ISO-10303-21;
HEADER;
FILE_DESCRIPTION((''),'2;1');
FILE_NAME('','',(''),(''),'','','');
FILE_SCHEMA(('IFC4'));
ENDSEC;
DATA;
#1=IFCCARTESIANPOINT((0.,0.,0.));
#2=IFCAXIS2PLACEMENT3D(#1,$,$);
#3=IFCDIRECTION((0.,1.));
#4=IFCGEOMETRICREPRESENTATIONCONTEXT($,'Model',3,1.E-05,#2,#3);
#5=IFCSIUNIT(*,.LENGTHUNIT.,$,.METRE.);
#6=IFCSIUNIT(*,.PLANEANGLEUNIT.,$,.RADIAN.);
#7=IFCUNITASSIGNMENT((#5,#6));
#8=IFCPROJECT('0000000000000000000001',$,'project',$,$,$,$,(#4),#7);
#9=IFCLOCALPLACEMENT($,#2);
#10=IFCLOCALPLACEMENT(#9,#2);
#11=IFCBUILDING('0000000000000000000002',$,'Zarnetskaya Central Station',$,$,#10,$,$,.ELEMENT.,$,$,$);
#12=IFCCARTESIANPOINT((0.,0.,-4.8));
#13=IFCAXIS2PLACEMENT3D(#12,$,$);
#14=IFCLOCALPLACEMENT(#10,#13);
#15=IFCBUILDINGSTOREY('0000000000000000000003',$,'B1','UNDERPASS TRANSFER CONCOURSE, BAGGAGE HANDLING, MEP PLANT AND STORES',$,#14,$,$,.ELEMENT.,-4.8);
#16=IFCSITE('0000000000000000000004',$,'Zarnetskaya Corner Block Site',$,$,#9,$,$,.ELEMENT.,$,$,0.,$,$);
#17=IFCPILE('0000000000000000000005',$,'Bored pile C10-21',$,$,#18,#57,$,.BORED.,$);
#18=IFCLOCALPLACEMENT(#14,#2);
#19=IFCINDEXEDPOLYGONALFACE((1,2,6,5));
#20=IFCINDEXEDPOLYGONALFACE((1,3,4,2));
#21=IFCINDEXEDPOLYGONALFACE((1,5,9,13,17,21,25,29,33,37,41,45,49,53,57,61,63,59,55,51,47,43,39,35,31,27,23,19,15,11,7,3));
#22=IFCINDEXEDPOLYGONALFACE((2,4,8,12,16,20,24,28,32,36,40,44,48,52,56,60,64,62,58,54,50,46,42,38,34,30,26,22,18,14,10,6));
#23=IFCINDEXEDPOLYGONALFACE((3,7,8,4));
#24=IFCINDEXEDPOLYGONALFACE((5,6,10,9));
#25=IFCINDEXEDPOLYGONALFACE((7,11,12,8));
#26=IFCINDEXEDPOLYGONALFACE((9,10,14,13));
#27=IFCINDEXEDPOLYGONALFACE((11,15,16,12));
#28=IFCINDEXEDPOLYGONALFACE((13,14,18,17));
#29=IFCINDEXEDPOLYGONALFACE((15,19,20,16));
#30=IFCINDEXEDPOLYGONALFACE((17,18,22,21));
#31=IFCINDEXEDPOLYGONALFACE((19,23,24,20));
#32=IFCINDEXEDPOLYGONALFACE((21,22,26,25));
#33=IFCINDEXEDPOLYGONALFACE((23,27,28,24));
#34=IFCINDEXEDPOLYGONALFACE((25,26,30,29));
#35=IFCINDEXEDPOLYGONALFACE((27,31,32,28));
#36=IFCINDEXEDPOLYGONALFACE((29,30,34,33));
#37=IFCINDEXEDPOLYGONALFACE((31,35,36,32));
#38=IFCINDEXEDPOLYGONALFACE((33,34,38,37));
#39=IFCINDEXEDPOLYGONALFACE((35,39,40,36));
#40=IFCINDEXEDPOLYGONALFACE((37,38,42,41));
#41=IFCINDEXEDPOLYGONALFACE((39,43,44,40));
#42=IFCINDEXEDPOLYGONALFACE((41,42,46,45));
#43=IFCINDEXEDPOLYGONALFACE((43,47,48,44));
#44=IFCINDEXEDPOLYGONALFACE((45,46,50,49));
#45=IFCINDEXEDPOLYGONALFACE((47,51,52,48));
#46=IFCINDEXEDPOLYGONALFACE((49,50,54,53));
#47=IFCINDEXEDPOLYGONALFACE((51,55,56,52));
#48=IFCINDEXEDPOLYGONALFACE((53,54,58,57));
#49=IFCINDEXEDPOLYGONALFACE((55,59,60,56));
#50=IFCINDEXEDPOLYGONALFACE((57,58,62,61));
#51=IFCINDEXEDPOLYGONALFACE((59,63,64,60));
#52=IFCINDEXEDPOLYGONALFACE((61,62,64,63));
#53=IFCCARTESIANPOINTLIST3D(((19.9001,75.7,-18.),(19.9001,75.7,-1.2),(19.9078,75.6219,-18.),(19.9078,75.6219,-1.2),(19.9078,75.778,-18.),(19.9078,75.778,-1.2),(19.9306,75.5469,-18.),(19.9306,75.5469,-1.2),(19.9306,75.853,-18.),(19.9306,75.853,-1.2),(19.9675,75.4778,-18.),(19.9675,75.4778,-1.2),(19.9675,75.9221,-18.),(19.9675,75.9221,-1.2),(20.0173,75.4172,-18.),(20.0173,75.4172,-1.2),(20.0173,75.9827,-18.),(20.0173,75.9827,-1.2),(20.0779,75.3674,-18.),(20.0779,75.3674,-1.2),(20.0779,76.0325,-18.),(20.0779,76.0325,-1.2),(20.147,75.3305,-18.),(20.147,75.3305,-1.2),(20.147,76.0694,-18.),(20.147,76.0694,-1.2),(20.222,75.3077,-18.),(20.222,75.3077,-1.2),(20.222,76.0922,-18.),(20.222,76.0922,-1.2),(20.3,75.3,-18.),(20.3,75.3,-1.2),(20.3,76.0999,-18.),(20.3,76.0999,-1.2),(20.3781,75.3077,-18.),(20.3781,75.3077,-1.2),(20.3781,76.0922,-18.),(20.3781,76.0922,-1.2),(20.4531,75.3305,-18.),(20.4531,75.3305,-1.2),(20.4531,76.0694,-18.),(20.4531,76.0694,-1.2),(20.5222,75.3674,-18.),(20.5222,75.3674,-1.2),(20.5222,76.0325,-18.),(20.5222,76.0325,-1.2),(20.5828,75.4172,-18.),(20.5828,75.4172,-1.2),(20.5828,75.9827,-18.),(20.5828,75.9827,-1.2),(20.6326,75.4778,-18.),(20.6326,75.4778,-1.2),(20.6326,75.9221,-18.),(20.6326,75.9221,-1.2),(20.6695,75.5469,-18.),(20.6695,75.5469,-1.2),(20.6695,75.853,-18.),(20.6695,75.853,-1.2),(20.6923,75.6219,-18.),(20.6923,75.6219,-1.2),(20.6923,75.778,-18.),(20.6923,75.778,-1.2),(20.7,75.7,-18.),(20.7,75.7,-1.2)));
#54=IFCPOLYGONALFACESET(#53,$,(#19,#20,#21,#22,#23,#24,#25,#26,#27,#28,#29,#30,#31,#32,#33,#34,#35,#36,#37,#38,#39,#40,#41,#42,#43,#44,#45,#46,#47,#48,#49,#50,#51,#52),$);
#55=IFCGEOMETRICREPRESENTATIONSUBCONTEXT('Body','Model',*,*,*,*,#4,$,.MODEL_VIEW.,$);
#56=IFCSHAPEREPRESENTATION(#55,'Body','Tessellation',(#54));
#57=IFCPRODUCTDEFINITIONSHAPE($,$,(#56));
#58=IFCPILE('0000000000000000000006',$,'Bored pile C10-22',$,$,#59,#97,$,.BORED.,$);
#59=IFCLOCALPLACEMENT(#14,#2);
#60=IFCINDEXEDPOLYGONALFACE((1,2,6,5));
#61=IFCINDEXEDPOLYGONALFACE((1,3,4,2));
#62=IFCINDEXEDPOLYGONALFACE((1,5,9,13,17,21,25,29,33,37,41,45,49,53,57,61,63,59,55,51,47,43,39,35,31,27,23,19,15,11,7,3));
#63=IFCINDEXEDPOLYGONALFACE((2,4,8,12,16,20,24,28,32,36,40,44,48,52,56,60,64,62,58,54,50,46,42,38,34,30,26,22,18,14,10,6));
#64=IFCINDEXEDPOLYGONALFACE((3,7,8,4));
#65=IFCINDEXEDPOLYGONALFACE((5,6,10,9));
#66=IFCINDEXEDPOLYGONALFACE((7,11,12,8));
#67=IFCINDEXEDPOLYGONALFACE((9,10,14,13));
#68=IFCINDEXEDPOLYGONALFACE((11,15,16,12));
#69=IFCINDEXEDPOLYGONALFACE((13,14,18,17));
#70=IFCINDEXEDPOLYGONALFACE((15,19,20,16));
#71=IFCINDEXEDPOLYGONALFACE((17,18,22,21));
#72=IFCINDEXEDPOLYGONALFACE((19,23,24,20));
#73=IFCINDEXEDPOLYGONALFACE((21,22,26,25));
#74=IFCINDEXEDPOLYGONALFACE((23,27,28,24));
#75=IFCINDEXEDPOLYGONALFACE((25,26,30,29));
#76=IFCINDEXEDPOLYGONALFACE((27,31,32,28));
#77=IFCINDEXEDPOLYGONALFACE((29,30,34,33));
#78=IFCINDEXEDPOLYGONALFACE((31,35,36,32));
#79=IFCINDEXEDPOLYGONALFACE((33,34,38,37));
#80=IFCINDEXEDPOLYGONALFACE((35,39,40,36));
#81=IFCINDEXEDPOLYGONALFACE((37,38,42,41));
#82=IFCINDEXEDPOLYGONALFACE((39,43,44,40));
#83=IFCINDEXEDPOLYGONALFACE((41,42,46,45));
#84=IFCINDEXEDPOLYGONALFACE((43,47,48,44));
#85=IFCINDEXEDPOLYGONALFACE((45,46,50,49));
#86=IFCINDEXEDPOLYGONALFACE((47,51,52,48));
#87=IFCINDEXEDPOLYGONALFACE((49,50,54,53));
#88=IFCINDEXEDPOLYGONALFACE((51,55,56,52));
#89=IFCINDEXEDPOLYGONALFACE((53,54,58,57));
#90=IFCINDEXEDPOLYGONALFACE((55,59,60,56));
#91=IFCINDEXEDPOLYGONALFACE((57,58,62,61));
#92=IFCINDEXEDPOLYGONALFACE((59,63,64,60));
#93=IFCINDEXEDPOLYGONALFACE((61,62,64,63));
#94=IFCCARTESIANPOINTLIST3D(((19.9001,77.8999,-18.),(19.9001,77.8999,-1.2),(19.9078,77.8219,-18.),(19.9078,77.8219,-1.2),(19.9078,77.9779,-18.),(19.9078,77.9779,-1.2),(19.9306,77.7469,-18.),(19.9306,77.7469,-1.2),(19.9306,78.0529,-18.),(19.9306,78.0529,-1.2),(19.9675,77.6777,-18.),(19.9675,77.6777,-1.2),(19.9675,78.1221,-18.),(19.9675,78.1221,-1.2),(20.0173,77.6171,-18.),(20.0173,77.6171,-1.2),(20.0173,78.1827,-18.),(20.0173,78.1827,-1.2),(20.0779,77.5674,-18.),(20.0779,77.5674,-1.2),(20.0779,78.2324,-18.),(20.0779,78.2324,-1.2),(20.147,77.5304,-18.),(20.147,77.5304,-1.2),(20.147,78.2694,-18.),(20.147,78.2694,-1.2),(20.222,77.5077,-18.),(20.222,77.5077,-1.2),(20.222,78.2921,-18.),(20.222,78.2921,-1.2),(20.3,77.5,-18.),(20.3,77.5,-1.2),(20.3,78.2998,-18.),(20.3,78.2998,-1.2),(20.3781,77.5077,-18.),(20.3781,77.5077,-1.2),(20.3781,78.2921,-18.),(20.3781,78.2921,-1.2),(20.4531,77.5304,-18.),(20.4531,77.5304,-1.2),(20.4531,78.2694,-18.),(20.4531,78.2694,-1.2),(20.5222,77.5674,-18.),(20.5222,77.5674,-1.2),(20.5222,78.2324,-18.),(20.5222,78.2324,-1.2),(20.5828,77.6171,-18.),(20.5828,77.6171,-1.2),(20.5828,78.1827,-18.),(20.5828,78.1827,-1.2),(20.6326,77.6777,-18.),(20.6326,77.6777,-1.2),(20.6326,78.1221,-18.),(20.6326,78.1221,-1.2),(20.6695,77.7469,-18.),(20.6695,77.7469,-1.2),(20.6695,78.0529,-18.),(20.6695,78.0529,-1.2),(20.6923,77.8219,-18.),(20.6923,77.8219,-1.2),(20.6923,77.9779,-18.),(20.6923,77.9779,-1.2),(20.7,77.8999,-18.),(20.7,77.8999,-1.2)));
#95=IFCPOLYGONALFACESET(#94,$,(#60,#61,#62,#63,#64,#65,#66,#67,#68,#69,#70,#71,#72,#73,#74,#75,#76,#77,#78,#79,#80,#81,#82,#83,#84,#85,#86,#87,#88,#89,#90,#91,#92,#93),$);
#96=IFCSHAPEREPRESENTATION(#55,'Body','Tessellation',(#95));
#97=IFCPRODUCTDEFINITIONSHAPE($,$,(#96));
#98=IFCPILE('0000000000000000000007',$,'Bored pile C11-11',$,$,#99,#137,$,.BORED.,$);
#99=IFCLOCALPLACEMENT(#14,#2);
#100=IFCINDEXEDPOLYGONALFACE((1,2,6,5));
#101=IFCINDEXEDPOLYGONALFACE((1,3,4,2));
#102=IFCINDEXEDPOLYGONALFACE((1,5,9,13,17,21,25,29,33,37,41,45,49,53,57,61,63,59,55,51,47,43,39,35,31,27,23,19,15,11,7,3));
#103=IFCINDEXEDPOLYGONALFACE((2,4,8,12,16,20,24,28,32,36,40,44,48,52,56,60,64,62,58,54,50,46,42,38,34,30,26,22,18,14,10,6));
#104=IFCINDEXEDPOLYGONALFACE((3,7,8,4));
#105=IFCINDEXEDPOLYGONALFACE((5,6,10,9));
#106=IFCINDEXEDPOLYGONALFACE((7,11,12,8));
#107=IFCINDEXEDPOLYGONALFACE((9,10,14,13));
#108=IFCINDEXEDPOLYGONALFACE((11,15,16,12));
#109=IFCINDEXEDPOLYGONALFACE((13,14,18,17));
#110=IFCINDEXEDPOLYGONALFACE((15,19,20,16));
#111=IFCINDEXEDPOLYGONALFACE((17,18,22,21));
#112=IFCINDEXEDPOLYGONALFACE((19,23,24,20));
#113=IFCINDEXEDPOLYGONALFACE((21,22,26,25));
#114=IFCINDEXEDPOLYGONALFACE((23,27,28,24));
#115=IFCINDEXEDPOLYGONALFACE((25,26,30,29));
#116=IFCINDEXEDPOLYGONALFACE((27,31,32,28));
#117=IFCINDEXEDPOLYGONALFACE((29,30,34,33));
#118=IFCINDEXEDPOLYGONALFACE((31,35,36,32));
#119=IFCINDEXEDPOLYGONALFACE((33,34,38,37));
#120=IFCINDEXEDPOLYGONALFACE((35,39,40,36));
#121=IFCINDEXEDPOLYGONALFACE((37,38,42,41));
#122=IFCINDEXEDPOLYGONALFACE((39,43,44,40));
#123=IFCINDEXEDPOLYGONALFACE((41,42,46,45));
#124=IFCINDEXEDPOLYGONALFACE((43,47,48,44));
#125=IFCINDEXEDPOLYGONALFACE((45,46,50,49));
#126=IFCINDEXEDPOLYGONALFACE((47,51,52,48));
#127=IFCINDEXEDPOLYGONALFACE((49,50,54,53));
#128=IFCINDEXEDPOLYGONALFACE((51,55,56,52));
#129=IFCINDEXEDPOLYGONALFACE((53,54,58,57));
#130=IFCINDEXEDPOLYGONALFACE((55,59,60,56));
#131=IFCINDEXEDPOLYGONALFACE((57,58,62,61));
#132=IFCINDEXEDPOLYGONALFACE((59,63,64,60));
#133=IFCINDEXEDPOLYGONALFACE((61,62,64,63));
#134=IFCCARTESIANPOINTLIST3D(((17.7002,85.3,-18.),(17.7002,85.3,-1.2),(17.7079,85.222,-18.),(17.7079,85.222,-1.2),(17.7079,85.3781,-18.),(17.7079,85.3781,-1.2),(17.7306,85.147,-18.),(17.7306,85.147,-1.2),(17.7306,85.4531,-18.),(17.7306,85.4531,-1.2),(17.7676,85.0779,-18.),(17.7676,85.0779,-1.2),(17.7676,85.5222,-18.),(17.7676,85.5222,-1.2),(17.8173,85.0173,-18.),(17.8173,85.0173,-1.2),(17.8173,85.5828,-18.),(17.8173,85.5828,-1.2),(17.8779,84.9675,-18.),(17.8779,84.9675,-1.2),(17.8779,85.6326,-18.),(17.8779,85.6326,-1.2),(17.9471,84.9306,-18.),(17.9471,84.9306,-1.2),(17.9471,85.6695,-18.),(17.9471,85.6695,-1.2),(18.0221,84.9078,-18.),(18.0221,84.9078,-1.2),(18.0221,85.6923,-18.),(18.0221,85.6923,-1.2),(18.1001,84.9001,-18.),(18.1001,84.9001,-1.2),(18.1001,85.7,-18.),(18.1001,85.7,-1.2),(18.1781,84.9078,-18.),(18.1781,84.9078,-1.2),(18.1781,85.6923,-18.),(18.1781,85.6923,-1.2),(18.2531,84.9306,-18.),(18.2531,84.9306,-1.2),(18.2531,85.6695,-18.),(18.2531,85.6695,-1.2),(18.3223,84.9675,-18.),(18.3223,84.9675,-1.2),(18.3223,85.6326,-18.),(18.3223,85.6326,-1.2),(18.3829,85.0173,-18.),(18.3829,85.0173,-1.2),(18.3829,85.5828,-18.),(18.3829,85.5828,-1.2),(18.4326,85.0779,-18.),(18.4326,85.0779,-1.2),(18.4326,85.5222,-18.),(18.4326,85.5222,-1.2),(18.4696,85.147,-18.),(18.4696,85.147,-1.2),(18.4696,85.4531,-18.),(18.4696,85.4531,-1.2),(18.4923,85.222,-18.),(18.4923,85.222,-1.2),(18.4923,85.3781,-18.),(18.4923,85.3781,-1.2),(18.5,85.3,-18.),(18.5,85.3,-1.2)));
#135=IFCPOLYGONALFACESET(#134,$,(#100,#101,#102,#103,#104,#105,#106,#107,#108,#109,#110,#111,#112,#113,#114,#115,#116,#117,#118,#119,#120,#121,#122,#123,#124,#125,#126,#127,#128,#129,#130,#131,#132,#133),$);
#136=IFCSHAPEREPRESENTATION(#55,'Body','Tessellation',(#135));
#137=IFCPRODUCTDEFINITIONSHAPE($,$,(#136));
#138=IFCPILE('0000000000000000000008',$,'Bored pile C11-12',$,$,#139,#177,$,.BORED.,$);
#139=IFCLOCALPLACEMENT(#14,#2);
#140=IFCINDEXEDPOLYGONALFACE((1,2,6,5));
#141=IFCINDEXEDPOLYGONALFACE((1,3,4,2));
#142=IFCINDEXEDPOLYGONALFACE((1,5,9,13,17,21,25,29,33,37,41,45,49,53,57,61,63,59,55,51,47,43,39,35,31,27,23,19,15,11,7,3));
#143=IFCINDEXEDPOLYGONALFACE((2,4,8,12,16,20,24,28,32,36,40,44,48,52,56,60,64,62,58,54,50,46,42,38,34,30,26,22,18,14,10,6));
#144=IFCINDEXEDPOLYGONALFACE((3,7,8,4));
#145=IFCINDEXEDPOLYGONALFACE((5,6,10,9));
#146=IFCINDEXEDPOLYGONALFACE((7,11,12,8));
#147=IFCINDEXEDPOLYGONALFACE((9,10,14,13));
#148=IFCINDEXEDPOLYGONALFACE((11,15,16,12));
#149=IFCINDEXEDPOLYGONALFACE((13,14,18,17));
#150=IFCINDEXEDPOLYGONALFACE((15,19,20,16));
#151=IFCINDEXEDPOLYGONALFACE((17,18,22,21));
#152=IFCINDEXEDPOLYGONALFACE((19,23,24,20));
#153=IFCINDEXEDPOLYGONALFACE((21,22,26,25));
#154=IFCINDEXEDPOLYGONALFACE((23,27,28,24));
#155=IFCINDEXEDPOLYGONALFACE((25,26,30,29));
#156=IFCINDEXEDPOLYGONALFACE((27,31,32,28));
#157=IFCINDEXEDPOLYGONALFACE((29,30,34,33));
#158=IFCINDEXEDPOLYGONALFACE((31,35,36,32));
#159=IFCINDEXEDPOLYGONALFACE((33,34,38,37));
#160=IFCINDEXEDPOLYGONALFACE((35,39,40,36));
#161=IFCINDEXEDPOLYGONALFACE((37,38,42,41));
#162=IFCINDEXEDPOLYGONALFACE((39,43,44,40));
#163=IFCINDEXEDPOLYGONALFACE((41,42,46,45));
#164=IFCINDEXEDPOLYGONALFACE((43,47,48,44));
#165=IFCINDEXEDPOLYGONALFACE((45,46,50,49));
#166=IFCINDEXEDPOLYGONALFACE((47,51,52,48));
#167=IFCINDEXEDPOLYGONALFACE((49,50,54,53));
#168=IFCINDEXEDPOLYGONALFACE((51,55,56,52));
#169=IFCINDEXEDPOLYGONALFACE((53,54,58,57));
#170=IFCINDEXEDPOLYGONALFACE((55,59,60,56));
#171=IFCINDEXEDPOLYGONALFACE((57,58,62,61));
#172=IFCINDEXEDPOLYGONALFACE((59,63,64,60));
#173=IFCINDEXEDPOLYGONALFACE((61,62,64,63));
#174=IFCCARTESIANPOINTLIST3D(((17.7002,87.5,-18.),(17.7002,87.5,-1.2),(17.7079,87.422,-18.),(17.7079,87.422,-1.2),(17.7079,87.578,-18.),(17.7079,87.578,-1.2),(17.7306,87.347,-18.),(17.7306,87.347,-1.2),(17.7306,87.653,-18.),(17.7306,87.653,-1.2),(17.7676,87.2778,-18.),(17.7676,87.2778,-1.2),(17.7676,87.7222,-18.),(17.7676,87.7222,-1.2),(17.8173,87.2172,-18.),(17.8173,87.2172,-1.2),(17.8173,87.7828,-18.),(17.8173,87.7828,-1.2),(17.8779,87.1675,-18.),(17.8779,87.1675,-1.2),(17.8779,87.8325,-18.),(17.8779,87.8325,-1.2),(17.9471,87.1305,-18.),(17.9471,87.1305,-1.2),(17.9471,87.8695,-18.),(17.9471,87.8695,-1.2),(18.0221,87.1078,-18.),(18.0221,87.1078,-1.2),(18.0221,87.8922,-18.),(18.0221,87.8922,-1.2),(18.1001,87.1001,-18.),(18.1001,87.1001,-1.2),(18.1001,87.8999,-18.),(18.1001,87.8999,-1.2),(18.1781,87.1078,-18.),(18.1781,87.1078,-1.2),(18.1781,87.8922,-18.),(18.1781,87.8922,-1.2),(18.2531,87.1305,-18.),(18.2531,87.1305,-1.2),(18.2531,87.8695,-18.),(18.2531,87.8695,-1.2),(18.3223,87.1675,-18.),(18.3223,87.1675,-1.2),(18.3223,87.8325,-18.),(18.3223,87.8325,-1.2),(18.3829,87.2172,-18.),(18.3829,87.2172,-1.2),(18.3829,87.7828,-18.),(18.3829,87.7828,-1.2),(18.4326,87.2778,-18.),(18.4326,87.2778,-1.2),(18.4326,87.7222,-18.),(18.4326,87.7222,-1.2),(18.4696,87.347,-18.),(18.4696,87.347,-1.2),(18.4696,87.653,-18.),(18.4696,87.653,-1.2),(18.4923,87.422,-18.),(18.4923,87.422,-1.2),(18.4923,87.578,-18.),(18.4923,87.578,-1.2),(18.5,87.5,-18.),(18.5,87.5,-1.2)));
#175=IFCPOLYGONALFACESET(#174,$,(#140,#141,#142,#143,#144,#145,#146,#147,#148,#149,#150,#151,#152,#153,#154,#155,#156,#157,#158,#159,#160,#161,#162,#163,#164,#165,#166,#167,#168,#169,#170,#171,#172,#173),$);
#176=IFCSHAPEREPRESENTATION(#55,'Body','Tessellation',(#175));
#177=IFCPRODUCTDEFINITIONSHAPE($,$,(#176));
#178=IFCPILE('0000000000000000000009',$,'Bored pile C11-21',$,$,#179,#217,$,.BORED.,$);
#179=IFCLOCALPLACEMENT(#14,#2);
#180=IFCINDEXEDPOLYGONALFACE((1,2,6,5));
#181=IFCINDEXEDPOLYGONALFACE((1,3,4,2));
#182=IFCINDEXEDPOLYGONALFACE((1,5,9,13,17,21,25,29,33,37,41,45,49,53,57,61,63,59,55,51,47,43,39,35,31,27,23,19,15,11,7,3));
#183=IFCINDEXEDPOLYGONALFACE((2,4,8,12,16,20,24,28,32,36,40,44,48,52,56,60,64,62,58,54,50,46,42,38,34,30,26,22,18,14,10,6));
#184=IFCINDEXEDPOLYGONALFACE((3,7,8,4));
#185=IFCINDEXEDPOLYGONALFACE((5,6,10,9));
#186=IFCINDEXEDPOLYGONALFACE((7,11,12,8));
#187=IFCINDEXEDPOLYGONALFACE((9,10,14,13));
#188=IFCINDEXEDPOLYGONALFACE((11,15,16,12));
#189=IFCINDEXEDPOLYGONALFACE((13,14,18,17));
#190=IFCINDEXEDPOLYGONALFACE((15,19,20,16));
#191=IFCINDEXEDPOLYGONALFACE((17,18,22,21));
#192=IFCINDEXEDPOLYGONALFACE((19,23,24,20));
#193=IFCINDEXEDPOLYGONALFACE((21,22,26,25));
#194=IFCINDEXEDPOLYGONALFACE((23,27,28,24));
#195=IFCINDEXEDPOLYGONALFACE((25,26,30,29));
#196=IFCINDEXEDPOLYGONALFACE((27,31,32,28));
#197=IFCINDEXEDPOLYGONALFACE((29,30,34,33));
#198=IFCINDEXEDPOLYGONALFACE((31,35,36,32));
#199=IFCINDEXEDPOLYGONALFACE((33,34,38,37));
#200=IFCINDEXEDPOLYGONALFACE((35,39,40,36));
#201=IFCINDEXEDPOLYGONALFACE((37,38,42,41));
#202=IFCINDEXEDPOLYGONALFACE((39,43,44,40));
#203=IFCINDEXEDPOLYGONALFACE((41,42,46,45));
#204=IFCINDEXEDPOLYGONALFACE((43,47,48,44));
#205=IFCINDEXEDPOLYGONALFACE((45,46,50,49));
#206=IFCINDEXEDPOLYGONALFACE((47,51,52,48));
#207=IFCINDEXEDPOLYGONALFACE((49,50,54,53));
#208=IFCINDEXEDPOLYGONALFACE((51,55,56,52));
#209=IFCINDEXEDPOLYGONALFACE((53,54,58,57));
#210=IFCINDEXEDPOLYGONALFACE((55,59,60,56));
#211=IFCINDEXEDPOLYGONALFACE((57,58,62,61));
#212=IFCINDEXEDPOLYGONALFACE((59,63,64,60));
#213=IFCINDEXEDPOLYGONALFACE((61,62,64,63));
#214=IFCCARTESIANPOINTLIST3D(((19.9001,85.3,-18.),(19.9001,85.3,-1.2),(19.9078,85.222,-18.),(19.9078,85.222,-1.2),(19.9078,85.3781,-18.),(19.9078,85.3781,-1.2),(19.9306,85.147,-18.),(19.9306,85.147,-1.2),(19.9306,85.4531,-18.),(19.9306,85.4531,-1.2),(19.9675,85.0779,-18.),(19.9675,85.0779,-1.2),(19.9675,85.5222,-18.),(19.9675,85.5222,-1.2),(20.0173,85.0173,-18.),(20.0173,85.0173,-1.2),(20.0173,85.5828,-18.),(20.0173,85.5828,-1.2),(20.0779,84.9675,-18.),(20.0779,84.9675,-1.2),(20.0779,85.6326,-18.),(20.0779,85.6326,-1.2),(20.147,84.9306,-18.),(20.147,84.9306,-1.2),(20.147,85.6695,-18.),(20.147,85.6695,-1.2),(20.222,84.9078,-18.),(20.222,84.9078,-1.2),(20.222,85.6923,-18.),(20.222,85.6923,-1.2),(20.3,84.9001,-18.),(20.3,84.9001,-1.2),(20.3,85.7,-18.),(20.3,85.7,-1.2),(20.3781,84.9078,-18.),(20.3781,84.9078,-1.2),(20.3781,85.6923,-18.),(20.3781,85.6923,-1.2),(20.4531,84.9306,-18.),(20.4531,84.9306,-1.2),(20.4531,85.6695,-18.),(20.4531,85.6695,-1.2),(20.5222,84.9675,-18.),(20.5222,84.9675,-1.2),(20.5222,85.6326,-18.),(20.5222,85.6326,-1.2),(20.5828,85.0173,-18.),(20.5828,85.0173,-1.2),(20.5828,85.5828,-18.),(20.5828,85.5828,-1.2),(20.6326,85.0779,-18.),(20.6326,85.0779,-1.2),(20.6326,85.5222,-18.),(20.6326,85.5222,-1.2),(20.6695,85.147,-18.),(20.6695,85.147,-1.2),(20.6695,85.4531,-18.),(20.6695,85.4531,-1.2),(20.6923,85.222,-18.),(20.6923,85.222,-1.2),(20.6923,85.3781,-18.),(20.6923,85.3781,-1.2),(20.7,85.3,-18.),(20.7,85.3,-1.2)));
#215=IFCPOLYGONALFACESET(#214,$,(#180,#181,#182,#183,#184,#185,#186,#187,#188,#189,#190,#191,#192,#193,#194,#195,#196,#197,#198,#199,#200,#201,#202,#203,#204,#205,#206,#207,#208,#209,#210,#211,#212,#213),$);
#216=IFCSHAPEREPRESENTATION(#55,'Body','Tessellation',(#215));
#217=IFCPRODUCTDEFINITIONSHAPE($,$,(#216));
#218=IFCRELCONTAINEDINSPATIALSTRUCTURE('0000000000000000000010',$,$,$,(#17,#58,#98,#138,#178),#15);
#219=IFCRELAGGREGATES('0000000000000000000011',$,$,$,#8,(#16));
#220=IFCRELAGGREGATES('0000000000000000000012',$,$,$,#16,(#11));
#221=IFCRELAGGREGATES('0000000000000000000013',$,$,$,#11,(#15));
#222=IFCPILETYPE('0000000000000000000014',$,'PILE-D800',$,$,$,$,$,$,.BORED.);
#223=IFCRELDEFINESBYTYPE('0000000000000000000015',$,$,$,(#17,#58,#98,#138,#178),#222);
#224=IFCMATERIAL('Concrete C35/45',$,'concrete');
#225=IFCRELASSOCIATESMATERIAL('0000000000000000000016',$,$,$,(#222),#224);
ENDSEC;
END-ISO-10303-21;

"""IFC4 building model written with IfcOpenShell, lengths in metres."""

from ifc_helpers import new_model, si_unit, direction, frame, origin, origin_2d, place, context, subcontext, project, spatial, circle, extrude, material, material_profile, profile_set, type_object, element, save


model = new_model("IFC4")

# Units and contexts
model_context = context("Model", 3, precision=1e-05, world=origin(), true_north=direction((0.0, 1.0)))
body_context = subcontext(model_context, "Body", "Model", "MODEL_VIEW")
ifc_project = project(units=[si_unit("LENGTHUNIT", "METRE"), si_unit("PLANEANGLEUNIT", "RADIAN")], contexts=[model_context])

# Site, building, storey
site_placement = place(None, origin())
site = spatial("IfcSite", under=ifc_project, at=site_placement, Name="Zarnetskaya Corner Block Site", CompositionType="ELEMENT", RefElevation=0.0)
building_placement = place(site_placement, origin())
building = spatial("IfcBuilding", under=site, at=building_placement, Name="Zarnetskaya Central Station", CompositionType="ELEMENT")
storey_placement = place(building_placement, frame((0.0, 0.0, -4.8)))
storey = spatial("IfcBuildingStorey", under=building, at=storey_placement, Name="B1", Description="UNDERPASS TRANSFER CONCOURSE, BAGGAGE HANDLING, MEP PLANT AND STORES", CompositionType="ELEMENT", Elevation=-4.8)

# Shared definitions
ifc_material = material(Name="Concrete C35/45", Category="concrete")

# Piles
ifc_material_profile_1 = material_profile(ifc_material, circle(Radius=0.3999, at=origin_2d()), Name="BORED PILE D800")
ifc_profile_set_1 = profile_set([ifc_material_profile_1], Name="Concrete C35/45")
pile_type_1 = type_object("IfcPileType", Name="PILE-D800", PredefinedType="BORED", material=ifc_profile_set_1)
for number, where, z_axis, x_axis, name in (
    (1, (20.3, 75.7, -1.2), (0.0, 0.0, -1.0), (1.0, 0.0, 0.0), "Bored pile C10-21"),
    (2, (20.3, 77.8999, -1.2), (0.0, 0.0, -1.0), (1.0, 0.0, 0.0), "Bored pile C10-22"),
    (3, (18.1001, 85.3, -1.2), (0.0, 0.0, -1.0), (1.0, 0.0, 0.0), "Bored pile C11-11"),
    (4, (18.1001, 87.5, -1.2), (0.0, 0.0, -1.0), (1.0, 0.0, 0.0), "Bored pile C11-12"),
    (5, (20.3, 85.3, -1.2), (0.0, 0.0, -1.0), (1.0, 0.0, 0.0), "Bored pile C11-21"),
):
    element("IfcPile", number, at=place(storey_placement, frame(where, z_axis=z_axis, x_axis=x_axis)), inside=storey, type_object=pile_type_1, Name=name, PredefinedType="BORED", context=body_context, shape_type="SweptSolid", body=[
        extrude(circle(Radius=0.3999, at=origin_2d()), origin(), (0.0, 0.0, 1.0), 16.8),
    ])

save(model, "model.ifc")
